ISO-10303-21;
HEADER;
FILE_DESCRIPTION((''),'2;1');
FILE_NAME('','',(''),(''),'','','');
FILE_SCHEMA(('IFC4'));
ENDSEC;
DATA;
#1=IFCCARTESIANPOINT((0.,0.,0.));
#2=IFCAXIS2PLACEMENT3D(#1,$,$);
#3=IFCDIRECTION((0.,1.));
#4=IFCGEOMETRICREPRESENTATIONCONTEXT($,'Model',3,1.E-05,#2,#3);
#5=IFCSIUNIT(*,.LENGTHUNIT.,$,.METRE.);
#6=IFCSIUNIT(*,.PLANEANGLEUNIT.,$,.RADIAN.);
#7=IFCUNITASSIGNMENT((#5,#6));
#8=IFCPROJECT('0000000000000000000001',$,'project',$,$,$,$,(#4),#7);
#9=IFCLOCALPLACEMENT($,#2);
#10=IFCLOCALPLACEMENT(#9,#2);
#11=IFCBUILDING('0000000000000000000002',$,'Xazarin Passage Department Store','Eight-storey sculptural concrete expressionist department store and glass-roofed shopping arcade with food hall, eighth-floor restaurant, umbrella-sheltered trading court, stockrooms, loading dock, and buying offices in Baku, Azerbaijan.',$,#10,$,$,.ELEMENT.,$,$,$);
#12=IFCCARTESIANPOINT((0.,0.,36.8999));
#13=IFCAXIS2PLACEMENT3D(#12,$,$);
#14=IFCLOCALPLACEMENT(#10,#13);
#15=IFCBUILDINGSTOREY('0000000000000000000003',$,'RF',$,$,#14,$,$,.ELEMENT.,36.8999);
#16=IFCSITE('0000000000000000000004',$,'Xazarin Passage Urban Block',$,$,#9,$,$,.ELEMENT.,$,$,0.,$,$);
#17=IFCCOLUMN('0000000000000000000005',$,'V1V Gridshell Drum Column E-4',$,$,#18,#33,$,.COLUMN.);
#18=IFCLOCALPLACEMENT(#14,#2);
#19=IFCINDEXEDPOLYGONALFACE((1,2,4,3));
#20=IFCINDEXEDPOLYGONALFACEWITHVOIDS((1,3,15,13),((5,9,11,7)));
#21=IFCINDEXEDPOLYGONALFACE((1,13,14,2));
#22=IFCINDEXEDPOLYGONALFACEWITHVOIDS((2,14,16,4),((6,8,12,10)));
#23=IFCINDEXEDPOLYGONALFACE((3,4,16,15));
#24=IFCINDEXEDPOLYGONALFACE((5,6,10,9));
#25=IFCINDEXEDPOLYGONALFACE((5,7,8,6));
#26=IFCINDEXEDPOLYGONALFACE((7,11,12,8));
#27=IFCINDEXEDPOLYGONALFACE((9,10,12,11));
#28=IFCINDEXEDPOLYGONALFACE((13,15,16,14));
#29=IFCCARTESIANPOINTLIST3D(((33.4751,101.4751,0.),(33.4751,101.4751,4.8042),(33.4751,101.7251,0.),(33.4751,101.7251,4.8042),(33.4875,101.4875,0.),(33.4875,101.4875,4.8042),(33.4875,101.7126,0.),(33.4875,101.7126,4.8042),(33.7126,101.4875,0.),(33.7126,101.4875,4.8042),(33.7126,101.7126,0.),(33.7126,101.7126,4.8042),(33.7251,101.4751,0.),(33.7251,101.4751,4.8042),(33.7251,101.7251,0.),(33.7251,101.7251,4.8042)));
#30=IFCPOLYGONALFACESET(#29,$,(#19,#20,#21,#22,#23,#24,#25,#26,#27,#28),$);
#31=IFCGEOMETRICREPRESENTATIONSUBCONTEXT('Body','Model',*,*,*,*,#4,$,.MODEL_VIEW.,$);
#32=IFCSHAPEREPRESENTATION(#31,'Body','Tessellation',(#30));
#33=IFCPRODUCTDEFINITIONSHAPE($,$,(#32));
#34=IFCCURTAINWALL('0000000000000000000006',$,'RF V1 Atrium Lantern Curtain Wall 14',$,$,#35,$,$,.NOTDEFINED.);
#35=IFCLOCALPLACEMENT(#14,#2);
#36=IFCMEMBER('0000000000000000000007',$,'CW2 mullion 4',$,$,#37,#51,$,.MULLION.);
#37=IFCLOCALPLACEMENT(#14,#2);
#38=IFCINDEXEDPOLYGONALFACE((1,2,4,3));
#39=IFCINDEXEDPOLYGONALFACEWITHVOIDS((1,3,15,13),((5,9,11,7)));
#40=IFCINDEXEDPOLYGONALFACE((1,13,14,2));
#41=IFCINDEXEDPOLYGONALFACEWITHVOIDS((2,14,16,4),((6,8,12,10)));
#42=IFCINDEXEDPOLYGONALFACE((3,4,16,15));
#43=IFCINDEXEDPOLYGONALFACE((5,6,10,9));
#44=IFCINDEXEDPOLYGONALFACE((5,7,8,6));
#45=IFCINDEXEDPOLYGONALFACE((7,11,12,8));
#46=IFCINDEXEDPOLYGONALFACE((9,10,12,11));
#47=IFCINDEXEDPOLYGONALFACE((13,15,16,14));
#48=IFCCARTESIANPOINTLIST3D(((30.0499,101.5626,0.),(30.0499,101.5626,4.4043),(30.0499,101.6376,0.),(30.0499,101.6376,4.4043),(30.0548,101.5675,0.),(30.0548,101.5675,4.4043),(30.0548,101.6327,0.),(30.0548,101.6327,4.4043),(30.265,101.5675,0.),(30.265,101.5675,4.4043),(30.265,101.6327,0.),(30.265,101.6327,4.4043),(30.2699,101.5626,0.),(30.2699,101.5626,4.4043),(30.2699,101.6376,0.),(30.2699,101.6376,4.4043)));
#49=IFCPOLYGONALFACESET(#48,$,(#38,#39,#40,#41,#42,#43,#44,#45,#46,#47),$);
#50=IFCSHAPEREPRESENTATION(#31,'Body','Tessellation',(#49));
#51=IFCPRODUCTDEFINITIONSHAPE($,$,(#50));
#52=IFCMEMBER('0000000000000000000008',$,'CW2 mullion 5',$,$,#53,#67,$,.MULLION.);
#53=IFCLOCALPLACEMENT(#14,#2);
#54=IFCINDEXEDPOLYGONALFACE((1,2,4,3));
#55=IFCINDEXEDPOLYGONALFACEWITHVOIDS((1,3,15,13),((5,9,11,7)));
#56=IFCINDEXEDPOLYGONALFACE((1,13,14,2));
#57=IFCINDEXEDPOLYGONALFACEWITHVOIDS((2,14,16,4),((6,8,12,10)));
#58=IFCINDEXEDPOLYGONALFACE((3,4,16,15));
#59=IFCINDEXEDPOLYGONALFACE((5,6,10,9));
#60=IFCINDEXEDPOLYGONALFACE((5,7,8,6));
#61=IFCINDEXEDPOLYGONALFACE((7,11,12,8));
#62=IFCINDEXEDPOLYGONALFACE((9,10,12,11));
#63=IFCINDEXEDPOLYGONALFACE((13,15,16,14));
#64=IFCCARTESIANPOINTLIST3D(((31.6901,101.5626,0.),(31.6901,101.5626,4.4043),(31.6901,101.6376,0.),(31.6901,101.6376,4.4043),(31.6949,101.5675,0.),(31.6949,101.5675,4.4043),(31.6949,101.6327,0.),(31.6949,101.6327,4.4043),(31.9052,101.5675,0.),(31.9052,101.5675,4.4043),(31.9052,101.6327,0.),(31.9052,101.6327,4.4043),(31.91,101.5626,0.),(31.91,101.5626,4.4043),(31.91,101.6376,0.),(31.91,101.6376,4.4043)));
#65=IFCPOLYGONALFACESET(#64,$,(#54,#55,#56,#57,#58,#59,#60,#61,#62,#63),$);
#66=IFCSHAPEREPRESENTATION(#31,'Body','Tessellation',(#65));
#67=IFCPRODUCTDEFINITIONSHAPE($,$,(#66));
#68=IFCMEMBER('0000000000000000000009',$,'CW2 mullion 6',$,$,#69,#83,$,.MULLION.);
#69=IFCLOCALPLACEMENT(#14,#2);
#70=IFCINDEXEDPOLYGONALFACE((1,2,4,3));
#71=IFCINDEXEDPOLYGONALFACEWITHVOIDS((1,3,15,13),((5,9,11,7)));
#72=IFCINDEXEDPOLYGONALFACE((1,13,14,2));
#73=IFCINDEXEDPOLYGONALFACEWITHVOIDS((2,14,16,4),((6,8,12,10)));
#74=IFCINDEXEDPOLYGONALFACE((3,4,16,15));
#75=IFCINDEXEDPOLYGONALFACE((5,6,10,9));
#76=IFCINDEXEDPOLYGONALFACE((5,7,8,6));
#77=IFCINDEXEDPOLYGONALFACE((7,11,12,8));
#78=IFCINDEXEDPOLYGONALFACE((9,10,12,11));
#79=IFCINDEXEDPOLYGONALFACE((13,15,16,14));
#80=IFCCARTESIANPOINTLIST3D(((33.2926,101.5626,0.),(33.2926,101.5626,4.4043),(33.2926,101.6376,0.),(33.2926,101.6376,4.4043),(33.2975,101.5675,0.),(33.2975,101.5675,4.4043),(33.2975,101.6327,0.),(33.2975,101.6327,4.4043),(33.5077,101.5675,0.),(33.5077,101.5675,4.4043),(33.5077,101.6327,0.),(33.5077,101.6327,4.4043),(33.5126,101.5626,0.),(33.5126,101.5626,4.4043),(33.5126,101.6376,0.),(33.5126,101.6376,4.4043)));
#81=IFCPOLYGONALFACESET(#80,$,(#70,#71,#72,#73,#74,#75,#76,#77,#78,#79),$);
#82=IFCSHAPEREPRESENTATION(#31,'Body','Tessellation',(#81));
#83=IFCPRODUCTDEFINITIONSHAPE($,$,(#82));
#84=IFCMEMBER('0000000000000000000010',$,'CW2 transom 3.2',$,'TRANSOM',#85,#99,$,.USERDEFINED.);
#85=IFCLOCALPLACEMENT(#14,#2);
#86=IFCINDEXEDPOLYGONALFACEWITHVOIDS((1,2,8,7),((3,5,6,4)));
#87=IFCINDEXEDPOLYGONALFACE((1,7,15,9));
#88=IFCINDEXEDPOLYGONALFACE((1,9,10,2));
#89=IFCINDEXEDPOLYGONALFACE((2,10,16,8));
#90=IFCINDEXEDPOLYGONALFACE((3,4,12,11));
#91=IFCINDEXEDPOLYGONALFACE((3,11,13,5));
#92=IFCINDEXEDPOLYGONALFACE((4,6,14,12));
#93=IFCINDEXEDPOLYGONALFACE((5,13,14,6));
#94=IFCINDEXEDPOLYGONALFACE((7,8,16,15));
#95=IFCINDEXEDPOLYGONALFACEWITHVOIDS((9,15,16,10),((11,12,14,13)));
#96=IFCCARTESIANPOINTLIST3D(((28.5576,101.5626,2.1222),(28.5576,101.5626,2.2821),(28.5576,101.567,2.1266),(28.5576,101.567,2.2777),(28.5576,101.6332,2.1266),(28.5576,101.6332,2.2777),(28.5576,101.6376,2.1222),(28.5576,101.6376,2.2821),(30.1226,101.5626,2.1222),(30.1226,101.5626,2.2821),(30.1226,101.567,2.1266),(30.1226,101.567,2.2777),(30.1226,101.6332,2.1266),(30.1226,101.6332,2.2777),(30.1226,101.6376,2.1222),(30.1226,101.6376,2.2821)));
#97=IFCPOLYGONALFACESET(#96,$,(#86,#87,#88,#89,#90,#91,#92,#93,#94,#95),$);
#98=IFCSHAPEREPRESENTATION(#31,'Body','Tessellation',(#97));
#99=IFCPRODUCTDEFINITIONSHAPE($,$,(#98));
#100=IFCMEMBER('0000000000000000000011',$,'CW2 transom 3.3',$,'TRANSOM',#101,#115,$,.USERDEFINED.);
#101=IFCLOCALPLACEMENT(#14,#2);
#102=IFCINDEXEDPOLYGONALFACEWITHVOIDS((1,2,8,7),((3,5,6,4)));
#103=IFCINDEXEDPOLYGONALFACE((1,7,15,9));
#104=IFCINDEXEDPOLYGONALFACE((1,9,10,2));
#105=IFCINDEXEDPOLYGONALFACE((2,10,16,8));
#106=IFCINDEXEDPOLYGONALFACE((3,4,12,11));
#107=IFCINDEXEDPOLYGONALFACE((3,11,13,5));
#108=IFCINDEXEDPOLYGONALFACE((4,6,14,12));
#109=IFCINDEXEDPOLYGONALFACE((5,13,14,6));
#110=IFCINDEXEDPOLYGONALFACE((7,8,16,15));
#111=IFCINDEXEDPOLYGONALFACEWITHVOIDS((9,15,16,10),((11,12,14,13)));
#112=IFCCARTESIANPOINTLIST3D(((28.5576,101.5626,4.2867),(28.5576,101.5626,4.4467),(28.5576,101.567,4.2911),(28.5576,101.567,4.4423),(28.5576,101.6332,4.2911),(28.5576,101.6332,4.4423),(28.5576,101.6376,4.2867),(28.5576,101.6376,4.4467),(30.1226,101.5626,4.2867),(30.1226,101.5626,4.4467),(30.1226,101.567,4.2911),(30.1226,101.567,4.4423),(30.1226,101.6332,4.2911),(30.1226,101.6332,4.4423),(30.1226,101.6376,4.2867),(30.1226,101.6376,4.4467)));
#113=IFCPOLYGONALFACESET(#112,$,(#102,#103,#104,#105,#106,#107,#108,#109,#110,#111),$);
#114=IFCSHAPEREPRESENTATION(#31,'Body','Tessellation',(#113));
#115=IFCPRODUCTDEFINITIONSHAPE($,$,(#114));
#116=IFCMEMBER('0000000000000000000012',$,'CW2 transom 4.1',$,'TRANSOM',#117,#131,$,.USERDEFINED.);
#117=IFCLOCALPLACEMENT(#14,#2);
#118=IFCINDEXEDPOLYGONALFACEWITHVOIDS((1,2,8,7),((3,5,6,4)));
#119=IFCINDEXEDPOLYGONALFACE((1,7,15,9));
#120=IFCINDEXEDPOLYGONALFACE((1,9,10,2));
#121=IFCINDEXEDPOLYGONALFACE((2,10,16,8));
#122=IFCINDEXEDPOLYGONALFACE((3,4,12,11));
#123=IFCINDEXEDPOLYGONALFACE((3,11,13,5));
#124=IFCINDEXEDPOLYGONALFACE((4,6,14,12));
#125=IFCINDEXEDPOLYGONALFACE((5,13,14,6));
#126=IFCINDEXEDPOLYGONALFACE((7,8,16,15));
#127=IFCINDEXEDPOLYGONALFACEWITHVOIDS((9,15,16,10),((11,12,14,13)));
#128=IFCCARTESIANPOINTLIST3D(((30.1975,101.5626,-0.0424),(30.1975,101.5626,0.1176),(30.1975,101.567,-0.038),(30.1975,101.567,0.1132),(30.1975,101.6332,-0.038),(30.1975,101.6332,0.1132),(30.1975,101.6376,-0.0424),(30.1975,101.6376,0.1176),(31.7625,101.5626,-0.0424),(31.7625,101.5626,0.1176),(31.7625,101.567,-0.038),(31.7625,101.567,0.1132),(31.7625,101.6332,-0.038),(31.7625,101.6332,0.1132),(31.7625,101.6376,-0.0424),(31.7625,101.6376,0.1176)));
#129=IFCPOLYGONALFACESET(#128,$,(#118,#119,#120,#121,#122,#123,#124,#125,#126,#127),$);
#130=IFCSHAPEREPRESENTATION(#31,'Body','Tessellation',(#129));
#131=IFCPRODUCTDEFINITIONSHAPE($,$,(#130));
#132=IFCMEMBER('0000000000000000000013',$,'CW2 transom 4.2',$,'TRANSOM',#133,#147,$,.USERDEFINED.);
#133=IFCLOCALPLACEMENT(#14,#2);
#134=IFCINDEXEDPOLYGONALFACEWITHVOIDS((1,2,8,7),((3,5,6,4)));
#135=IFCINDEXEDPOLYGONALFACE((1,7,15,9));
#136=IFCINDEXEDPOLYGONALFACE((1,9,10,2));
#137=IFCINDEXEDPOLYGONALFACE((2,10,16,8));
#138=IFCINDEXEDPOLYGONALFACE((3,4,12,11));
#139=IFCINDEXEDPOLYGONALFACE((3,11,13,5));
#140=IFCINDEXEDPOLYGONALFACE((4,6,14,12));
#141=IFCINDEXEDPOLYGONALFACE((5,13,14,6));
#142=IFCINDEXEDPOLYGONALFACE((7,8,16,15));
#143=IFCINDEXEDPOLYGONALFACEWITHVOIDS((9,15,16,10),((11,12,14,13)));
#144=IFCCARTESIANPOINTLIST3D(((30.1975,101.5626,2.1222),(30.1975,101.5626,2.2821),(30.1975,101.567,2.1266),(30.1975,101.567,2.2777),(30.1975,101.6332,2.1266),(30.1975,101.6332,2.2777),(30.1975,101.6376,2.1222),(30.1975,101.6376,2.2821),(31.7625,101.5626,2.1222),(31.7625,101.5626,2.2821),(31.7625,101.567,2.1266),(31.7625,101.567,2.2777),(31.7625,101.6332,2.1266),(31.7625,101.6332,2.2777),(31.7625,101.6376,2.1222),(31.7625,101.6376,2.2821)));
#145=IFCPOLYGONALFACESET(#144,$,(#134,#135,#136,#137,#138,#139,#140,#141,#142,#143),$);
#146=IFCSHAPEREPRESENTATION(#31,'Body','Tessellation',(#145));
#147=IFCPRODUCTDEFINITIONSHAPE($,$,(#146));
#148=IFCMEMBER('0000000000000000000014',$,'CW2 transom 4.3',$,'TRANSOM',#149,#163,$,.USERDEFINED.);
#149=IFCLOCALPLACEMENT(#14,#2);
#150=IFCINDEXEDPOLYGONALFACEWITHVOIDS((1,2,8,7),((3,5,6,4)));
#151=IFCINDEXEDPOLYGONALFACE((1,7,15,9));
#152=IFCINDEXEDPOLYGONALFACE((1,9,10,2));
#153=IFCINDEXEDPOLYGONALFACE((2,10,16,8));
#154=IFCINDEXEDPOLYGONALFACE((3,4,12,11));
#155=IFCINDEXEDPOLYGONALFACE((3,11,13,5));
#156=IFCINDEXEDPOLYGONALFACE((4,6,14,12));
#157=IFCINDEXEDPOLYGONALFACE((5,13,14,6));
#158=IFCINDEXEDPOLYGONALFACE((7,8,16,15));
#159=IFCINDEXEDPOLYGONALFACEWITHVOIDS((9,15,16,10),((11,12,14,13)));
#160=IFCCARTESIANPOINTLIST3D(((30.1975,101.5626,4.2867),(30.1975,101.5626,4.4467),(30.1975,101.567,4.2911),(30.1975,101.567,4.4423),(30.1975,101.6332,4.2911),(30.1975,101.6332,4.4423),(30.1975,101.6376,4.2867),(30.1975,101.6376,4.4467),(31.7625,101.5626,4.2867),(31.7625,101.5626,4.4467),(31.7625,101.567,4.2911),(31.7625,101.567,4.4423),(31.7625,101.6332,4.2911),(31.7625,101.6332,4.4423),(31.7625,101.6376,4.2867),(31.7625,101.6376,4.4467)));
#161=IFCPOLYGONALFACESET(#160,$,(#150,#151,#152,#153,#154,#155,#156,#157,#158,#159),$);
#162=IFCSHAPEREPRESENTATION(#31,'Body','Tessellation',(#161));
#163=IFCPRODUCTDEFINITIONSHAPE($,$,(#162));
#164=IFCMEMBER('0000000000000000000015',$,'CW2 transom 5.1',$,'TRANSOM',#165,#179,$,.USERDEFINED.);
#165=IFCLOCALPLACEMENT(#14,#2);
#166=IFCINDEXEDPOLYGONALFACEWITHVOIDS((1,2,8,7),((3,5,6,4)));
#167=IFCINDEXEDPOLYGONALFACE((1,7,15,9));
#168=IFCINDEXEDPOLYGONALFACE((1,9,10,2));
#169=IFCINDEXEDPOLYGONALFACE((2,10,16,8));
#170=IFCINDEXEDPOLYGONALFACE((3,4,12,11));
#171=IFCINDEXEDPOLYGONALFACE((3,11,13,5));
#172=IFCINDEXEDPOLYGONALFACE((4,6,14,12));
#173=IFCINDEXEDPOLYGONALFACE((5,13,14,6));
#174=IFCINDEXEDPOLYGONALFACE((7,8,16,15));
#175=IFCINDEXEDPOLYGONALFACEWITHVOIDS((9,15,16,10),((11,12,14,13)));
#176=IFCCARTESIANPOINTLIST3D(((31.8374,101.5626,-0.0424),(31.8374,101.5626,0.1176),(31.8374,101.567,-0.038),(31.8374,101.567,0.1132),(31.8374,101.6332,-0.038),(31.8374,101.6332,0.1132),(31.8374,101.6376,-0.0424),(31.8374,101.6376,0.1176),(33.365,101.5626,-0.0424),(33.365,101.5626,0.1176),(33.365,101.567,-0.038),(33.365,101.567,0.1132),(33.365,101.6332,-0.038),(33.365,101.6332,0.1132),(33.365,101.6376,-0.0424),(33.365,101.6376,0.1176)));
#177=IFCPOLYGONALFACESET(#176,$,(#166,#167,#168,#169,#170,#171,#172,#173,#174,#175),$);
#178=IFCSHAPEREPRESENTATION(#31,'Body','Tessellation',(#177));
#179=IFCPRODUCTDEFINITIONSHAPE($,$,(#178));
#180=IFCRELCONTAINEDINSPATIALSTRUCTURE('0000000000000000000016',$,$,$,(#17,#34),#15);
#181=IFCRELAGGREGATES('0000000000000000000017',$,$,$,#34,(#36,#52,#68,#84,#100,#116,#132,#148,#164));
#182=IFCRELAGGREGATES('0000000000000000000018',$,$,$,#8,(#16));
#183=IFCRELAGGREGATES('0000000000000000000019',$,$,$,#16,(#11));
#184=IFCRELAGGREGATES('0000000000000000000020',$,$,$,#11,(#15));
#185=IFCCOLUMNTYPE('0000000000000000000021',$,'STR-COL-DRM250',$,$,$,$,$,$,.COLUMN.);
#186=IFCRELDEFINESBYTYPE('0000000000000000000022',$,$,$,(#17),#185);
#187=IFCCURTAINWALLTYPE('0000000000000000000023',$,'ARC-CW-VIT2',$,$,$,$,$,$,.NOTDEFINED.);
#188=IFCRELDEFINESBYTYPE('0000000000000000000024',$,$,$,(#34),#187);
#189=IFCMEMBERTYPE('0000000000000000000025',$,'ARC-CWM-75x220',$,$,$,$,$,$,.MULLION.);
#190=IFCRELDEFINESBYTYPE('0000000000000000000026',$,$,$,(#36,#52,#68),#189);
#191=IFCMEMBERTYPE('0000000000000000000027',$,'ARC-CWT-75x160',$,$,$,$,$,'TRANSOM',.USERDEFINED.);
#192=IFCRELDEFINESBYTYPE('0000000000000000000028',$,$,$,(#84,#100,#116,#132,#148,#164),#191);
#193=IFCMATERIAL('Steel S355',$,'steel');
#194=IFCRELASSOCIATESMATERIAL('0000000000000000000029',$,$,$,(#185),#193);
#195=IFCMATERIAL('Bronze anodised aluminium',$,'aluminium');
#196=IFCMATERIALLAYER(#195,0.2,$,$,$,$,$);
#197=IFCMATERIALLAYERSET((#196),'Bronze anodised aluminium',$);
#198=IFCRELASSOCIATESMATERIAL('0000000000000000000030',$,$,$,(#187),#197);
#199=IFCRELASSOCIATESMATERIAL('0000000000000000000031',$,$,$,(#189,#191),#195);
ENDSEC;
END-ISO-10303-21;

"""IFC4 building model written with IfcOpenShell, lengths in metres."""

from ifc_helpers import new_model, si_unit, direction, frame, origin, origin_2d, place, context, subcontext, project, spatial, hollow_rectangle, extrude, material, layer, layer_set, material_profile, profile_set, type_object, element, aggregate, save


model = new_model("IFC4")

# Units and contexts
model_context = context("Model", 3, precision=1e-05, world=origin(), true_north=direction((0.0, 1.0)))
body_context = subcontext(model_context, "Body", "Model", "MODEL_VIEW")
ifc_project = project(units=[si_unit("LENGTHUNIT", "METRE"), si_unit("PLANEANGLEUNIT", "RADIAN")], contexts=[model_context])

# Site, building, storey
site_placement = place(None, origin())
site = spatial("IfcSite", under=ifc_project, at=site_placement, Name="Xazarin Passage Urban Block", CompositionType="ELEMENT", RefElevation=0.0)
building_placement = place(site_placement, origin())
building = spatial("IfcBuilding", under=site, at=building_placement, Name="Xazarin Passage Department Store", Description="Eight-storey sculptural concrete expressionist department store and glass-roofed shopping arcade with food hall, eighth-floor restaurant, umbrella-sheltered trading court, stockrooms, loading dock, and buying offices in Baku, Azerbaijan.", CompositionType="ELEMENT")
storey_placement = place(building_placement, frame((0.0, 0.0, 36.8999)))
storey = spatial("IfcBuildingStorey", under=building, at=storey_placement, Name="RF", CompositionType="ELEMENT", Elevation=36.8999)

# Column
ifc_material_1 = material(Name="Steel S355", Category="steel")
ifc_material_profile_1 = material_profile(ifc_material_1, hollow_rectangle(XDim=0.25, YDim=0.25, WallThickness=0.0125, at=origin_2d()), Name="SHS 250x250x12.5")
ifc_profile_set_1 = profile_set([ifc_material_profile_1], Name="Steel S355")
column_type = type_object("IfcColumnType", Name="STR-COL-DRM250", PredefinedType="COLUMN", material=ifc_profile_set_1)
column_placement = place(storey_placement, frame((33.6001, 101.6001, 0.0), z_axis=(0.0, 0.0, 1.0), x_axis=(1.0, 0.0, 0.0)))
element("IfcColumn", 1, at=column_placement, inside=storey, type_object=column_type, Name="V1V Gridshell Drum Column E-4", PredefinedType="COLUMN", context=body_context, shape_type="SweptSolid", body=[
    extrude(hollow_rectangle(XDim=0.25, YDim=0.25, WallThickness=0.0125, at=origin_2d()), origin(), (0.0, 0.0, 1.0), 4.8042),
])

# Curtain wall, members
ifc_material_2 = material(Name="Bronze anodised aluminium", Category="aluminium")
ifc_layer_1 = layer(ifc_material_2, 0.2)
ifc_layer_set_1 = layer_set([ifc_layer_1], Name="Bronze anodised aluminium")
curtain_wall_type = type_object("IfcCurtainWallType", Name="ARC-CW-VIT2", PredefinedType="NOTDEFINED", material=ifc_layer_set_1)
curtain_wall_placement = place(storey_placement, origin())
curtain_wall = element("IfcCurtainWall", 2, at=curtain_wall_placement, inside=storey, type_object=curtain_wall_type, Name="RF V1 Atrium Lantern Curtain Wall 14", PredefinedType="NOTDEFINED")
ifc_material_profile_2 = material_profile(ifc_material_2, hollow_rectangle(XDim=0.075, YDim=0.22, WallThickness=0.0049, at=origin_2d()), Name="ALU 75x220")
ifc_profile_set_2 = profile_set([ifc_material_profile_2], Name="Bronze anodised aluminium")
member_type_1 = type_object("IfcMemberType", Name="ARC-CWM-75x220", PredefinedType="MULLION", material=ifc_profile_set_2)
member_1_placement = place(storey_placement, frame((30.1599, 101.6001, 0.0), z_axis=(0.0, 0.0, 1.0), x_axis=(0.0, 1.0, 0.0)))
member_1 = element("IfcMember", 3, at=member_1_placement, type_object=member_type_1, Name="CW2 mullion 4", PredefinedType="MULLION", context=body_context, shape_type="SweptSolid", body=[
    extrude(hollow_rectangle(XDim=0.075, YDim=0.22, WallThickness=0.0049, at=origin_2d()), origin(), (0.0, 0.0, 1.0), 4.4043),
])
member_2_placement = place(storey_placement, frame((31.8, 101.6001, 0.0), z_axis=(0.0, 0.0, 1.0), x_axis=(0.0, 1.0, 0.0)))
member_2 = element("IfcMember", 4, at=member_2_placement, type_object=member_type_1, Name="CW2 mullion 5", PredefinedType="MULLION", context=body_context, shape_type="SweptSolid", body=[
    extrude(hollow_rectangle(XDim=0.075, YDim=0.22, WallThickness=0.0049, at=origin_2d()), origin(), (0.0, 0.0, 1.0), 4.4043),
])
member_3_placement = place(storey_placement, frame((33.4026, 101.6001, 0.0), z_axis=(0.0, 0.0, 1.0), x_axis=(0.0, 1.0, 0.0)))
member_3 = element("IfcMember", 5, at=member_3_placement, type_object=member_type_1, Name="CW2 mullion 6", PredefinedType="MULLION", context=body_context, shape_type="SweptSolid", body=[
    extrude(hollow_rectangle(XDim=0.075, YDim=0.22, WallThickness=0.0049, at=origin_2d()), origin(), (0.0, 0.0, 1.0), 4.4043),
])
ifc_material_profile_3 = material_profile(ifc_material_2, hollow_rectangle(XDim=0.075, YDim=0.1599, WallThickness=0.0044, at=origin_2d()), Name="ALU 75x160")
ifc_profile_set_3 = profile_set([ifc_material_profile_3], Name="Bronze anodised aluminium")
member_type_2 = type_object("IfcMemberType", Name="ARC-CWT-75x160", ElementType="TRANSOM", PredefinedType="USERDEFINED", material=ifc_profile_set_3)
member_4_placement = place(storey_placement, frame((28.5576, 101.6001, 2.2021), z_axis=(1.0, 0.0, 0.0), x_axis=(0.0, 1.0, 0.0)))
member_4 = element("IfcMember", 6, at=member_4_placement, type_object=member_type_2, Name="CW2 transom 3.2", ObjectType="TRANSOM", PredefinedType="USERDEFINED", context=body_context, shape_type="SweptSolid", body=[
    extrude(hollow_rectangle(XDim=0.075, YDim=0.1599, WallThickness=0.0044, at=origin_2d()), origin(), (0.0, 0.0, 1.0), 1.5649),
])
member_5_placement = place(storey_placement, frame((28.5576, 101.6001, 4.3667), z_axis=(1.0, 0.0, 0.0), x_axis=(0.0, 1.0, 0.0)))
member_5 = element("IfcMember", 7, at=member_5_placement, type_object=member_type_2, Name="CW2 transom 3.3", ObjectType="TRANSOM", PredefinedType="USERDEFINED", context=body_context, shape_type="SweptSolid", body=[
    extrude(hollow_rectangle(XDim=0.075, YDim=0.1599, WallThickness=0.0044, at=origin_2d()), origin(), (0.0, 0.0, 1.0), 1.5649),
])
member_6_placement = place(storey_placement, frame((30.1975, 101.6001, 0.0376), z_axis=(1.0, 0.0, 0.0), x_axis=(0.0, 1.0, 0.0)))
member_6 = element("IfcMember", 8, at=member_6_placement, type_object=member_type_2, Name="CW2 transom 4.1", ObjectType="TRANSOM", PredefinedType="USERDEFINED", context=body_context, shape_type="SweptSolid", body=[
    extrude(hollow_rectangle(XDim=0.075, YDim=0.1599, WallThickness=0.0044, at=origin_2d()), origin(), (0.0, 0.0, 1.0), 1.5649),
])
member_7_placement = place(storey_placement, frame((30.1975, 101.6001, 2.2021), z_axis=(1.0, 0.0, 0.0), x_axis=(0.0, 1.0, 0.0)))
member_7 = element("IfcMember", 9, at=member_7_placement, type_object=member_type_2, Name="CW2 transom 4.2", ObjectType="TRANSOM", PredefinedType="USERDEFINED", context=body_context, shape_type="SweptSolid", body=[
    extrude(hollow_rectangle(XDim=0.075, YDim=0.1599, WallThickness=0.0044, at=origin_2d()), origin(), (0.0, 0.0, 1.0), 1.5649),
])
member_8_placement = place(storey_placement, frame((30.1975, 101.6001, 4.3667), z_axis=(1.0, 0.0, 0.0), x_axis=(0.0, 1.0, 0.0)))
member_8 = element("IfcMember", 10, at=member_8_placement, type_object=member_type_2, Name="CW2 transom 4.3", ObjectType="TRANSOM", PredefinedType="USERDEFINED", context=body_context, shape_type="SweptSolid", body=[
    extrude(hollow_rectangle(XDim=0.075, YDim=0.1599, WallThickness=0.0044, at=origin_2d()), origin(), (0.0, 0.0, 1.0), 1.5649),
])
member_9_placement = place(storey_placement, frame((31.8374, 101.6001, 0.0376), z_axis=(1.0, 0.0, 0.0), x_axis=(0.0, 1.0, 0.0)))
member_9 = element("IfcMember", 11, at=member_9_placement, type_object=member_type_2, Name="CW2 transom 5.1", ObjectType="TRANSOM", PredefinedType="USERDEFINED", context=body_context, shape_type="SweptSolid", body=[
    extrude(hollow_rectangle(XDim=0.075, YDim=0.1599, WallThickness=0.0044, at=origin_2d()), origin(), (0.0, 0.0, 1.0), 1.5276),
])

aggregate(curtain_wall, [member_1, member_2, member_3, member_4, member_5, member_6, member_7, member_8, member_9])

save(model, "model.ifc")
